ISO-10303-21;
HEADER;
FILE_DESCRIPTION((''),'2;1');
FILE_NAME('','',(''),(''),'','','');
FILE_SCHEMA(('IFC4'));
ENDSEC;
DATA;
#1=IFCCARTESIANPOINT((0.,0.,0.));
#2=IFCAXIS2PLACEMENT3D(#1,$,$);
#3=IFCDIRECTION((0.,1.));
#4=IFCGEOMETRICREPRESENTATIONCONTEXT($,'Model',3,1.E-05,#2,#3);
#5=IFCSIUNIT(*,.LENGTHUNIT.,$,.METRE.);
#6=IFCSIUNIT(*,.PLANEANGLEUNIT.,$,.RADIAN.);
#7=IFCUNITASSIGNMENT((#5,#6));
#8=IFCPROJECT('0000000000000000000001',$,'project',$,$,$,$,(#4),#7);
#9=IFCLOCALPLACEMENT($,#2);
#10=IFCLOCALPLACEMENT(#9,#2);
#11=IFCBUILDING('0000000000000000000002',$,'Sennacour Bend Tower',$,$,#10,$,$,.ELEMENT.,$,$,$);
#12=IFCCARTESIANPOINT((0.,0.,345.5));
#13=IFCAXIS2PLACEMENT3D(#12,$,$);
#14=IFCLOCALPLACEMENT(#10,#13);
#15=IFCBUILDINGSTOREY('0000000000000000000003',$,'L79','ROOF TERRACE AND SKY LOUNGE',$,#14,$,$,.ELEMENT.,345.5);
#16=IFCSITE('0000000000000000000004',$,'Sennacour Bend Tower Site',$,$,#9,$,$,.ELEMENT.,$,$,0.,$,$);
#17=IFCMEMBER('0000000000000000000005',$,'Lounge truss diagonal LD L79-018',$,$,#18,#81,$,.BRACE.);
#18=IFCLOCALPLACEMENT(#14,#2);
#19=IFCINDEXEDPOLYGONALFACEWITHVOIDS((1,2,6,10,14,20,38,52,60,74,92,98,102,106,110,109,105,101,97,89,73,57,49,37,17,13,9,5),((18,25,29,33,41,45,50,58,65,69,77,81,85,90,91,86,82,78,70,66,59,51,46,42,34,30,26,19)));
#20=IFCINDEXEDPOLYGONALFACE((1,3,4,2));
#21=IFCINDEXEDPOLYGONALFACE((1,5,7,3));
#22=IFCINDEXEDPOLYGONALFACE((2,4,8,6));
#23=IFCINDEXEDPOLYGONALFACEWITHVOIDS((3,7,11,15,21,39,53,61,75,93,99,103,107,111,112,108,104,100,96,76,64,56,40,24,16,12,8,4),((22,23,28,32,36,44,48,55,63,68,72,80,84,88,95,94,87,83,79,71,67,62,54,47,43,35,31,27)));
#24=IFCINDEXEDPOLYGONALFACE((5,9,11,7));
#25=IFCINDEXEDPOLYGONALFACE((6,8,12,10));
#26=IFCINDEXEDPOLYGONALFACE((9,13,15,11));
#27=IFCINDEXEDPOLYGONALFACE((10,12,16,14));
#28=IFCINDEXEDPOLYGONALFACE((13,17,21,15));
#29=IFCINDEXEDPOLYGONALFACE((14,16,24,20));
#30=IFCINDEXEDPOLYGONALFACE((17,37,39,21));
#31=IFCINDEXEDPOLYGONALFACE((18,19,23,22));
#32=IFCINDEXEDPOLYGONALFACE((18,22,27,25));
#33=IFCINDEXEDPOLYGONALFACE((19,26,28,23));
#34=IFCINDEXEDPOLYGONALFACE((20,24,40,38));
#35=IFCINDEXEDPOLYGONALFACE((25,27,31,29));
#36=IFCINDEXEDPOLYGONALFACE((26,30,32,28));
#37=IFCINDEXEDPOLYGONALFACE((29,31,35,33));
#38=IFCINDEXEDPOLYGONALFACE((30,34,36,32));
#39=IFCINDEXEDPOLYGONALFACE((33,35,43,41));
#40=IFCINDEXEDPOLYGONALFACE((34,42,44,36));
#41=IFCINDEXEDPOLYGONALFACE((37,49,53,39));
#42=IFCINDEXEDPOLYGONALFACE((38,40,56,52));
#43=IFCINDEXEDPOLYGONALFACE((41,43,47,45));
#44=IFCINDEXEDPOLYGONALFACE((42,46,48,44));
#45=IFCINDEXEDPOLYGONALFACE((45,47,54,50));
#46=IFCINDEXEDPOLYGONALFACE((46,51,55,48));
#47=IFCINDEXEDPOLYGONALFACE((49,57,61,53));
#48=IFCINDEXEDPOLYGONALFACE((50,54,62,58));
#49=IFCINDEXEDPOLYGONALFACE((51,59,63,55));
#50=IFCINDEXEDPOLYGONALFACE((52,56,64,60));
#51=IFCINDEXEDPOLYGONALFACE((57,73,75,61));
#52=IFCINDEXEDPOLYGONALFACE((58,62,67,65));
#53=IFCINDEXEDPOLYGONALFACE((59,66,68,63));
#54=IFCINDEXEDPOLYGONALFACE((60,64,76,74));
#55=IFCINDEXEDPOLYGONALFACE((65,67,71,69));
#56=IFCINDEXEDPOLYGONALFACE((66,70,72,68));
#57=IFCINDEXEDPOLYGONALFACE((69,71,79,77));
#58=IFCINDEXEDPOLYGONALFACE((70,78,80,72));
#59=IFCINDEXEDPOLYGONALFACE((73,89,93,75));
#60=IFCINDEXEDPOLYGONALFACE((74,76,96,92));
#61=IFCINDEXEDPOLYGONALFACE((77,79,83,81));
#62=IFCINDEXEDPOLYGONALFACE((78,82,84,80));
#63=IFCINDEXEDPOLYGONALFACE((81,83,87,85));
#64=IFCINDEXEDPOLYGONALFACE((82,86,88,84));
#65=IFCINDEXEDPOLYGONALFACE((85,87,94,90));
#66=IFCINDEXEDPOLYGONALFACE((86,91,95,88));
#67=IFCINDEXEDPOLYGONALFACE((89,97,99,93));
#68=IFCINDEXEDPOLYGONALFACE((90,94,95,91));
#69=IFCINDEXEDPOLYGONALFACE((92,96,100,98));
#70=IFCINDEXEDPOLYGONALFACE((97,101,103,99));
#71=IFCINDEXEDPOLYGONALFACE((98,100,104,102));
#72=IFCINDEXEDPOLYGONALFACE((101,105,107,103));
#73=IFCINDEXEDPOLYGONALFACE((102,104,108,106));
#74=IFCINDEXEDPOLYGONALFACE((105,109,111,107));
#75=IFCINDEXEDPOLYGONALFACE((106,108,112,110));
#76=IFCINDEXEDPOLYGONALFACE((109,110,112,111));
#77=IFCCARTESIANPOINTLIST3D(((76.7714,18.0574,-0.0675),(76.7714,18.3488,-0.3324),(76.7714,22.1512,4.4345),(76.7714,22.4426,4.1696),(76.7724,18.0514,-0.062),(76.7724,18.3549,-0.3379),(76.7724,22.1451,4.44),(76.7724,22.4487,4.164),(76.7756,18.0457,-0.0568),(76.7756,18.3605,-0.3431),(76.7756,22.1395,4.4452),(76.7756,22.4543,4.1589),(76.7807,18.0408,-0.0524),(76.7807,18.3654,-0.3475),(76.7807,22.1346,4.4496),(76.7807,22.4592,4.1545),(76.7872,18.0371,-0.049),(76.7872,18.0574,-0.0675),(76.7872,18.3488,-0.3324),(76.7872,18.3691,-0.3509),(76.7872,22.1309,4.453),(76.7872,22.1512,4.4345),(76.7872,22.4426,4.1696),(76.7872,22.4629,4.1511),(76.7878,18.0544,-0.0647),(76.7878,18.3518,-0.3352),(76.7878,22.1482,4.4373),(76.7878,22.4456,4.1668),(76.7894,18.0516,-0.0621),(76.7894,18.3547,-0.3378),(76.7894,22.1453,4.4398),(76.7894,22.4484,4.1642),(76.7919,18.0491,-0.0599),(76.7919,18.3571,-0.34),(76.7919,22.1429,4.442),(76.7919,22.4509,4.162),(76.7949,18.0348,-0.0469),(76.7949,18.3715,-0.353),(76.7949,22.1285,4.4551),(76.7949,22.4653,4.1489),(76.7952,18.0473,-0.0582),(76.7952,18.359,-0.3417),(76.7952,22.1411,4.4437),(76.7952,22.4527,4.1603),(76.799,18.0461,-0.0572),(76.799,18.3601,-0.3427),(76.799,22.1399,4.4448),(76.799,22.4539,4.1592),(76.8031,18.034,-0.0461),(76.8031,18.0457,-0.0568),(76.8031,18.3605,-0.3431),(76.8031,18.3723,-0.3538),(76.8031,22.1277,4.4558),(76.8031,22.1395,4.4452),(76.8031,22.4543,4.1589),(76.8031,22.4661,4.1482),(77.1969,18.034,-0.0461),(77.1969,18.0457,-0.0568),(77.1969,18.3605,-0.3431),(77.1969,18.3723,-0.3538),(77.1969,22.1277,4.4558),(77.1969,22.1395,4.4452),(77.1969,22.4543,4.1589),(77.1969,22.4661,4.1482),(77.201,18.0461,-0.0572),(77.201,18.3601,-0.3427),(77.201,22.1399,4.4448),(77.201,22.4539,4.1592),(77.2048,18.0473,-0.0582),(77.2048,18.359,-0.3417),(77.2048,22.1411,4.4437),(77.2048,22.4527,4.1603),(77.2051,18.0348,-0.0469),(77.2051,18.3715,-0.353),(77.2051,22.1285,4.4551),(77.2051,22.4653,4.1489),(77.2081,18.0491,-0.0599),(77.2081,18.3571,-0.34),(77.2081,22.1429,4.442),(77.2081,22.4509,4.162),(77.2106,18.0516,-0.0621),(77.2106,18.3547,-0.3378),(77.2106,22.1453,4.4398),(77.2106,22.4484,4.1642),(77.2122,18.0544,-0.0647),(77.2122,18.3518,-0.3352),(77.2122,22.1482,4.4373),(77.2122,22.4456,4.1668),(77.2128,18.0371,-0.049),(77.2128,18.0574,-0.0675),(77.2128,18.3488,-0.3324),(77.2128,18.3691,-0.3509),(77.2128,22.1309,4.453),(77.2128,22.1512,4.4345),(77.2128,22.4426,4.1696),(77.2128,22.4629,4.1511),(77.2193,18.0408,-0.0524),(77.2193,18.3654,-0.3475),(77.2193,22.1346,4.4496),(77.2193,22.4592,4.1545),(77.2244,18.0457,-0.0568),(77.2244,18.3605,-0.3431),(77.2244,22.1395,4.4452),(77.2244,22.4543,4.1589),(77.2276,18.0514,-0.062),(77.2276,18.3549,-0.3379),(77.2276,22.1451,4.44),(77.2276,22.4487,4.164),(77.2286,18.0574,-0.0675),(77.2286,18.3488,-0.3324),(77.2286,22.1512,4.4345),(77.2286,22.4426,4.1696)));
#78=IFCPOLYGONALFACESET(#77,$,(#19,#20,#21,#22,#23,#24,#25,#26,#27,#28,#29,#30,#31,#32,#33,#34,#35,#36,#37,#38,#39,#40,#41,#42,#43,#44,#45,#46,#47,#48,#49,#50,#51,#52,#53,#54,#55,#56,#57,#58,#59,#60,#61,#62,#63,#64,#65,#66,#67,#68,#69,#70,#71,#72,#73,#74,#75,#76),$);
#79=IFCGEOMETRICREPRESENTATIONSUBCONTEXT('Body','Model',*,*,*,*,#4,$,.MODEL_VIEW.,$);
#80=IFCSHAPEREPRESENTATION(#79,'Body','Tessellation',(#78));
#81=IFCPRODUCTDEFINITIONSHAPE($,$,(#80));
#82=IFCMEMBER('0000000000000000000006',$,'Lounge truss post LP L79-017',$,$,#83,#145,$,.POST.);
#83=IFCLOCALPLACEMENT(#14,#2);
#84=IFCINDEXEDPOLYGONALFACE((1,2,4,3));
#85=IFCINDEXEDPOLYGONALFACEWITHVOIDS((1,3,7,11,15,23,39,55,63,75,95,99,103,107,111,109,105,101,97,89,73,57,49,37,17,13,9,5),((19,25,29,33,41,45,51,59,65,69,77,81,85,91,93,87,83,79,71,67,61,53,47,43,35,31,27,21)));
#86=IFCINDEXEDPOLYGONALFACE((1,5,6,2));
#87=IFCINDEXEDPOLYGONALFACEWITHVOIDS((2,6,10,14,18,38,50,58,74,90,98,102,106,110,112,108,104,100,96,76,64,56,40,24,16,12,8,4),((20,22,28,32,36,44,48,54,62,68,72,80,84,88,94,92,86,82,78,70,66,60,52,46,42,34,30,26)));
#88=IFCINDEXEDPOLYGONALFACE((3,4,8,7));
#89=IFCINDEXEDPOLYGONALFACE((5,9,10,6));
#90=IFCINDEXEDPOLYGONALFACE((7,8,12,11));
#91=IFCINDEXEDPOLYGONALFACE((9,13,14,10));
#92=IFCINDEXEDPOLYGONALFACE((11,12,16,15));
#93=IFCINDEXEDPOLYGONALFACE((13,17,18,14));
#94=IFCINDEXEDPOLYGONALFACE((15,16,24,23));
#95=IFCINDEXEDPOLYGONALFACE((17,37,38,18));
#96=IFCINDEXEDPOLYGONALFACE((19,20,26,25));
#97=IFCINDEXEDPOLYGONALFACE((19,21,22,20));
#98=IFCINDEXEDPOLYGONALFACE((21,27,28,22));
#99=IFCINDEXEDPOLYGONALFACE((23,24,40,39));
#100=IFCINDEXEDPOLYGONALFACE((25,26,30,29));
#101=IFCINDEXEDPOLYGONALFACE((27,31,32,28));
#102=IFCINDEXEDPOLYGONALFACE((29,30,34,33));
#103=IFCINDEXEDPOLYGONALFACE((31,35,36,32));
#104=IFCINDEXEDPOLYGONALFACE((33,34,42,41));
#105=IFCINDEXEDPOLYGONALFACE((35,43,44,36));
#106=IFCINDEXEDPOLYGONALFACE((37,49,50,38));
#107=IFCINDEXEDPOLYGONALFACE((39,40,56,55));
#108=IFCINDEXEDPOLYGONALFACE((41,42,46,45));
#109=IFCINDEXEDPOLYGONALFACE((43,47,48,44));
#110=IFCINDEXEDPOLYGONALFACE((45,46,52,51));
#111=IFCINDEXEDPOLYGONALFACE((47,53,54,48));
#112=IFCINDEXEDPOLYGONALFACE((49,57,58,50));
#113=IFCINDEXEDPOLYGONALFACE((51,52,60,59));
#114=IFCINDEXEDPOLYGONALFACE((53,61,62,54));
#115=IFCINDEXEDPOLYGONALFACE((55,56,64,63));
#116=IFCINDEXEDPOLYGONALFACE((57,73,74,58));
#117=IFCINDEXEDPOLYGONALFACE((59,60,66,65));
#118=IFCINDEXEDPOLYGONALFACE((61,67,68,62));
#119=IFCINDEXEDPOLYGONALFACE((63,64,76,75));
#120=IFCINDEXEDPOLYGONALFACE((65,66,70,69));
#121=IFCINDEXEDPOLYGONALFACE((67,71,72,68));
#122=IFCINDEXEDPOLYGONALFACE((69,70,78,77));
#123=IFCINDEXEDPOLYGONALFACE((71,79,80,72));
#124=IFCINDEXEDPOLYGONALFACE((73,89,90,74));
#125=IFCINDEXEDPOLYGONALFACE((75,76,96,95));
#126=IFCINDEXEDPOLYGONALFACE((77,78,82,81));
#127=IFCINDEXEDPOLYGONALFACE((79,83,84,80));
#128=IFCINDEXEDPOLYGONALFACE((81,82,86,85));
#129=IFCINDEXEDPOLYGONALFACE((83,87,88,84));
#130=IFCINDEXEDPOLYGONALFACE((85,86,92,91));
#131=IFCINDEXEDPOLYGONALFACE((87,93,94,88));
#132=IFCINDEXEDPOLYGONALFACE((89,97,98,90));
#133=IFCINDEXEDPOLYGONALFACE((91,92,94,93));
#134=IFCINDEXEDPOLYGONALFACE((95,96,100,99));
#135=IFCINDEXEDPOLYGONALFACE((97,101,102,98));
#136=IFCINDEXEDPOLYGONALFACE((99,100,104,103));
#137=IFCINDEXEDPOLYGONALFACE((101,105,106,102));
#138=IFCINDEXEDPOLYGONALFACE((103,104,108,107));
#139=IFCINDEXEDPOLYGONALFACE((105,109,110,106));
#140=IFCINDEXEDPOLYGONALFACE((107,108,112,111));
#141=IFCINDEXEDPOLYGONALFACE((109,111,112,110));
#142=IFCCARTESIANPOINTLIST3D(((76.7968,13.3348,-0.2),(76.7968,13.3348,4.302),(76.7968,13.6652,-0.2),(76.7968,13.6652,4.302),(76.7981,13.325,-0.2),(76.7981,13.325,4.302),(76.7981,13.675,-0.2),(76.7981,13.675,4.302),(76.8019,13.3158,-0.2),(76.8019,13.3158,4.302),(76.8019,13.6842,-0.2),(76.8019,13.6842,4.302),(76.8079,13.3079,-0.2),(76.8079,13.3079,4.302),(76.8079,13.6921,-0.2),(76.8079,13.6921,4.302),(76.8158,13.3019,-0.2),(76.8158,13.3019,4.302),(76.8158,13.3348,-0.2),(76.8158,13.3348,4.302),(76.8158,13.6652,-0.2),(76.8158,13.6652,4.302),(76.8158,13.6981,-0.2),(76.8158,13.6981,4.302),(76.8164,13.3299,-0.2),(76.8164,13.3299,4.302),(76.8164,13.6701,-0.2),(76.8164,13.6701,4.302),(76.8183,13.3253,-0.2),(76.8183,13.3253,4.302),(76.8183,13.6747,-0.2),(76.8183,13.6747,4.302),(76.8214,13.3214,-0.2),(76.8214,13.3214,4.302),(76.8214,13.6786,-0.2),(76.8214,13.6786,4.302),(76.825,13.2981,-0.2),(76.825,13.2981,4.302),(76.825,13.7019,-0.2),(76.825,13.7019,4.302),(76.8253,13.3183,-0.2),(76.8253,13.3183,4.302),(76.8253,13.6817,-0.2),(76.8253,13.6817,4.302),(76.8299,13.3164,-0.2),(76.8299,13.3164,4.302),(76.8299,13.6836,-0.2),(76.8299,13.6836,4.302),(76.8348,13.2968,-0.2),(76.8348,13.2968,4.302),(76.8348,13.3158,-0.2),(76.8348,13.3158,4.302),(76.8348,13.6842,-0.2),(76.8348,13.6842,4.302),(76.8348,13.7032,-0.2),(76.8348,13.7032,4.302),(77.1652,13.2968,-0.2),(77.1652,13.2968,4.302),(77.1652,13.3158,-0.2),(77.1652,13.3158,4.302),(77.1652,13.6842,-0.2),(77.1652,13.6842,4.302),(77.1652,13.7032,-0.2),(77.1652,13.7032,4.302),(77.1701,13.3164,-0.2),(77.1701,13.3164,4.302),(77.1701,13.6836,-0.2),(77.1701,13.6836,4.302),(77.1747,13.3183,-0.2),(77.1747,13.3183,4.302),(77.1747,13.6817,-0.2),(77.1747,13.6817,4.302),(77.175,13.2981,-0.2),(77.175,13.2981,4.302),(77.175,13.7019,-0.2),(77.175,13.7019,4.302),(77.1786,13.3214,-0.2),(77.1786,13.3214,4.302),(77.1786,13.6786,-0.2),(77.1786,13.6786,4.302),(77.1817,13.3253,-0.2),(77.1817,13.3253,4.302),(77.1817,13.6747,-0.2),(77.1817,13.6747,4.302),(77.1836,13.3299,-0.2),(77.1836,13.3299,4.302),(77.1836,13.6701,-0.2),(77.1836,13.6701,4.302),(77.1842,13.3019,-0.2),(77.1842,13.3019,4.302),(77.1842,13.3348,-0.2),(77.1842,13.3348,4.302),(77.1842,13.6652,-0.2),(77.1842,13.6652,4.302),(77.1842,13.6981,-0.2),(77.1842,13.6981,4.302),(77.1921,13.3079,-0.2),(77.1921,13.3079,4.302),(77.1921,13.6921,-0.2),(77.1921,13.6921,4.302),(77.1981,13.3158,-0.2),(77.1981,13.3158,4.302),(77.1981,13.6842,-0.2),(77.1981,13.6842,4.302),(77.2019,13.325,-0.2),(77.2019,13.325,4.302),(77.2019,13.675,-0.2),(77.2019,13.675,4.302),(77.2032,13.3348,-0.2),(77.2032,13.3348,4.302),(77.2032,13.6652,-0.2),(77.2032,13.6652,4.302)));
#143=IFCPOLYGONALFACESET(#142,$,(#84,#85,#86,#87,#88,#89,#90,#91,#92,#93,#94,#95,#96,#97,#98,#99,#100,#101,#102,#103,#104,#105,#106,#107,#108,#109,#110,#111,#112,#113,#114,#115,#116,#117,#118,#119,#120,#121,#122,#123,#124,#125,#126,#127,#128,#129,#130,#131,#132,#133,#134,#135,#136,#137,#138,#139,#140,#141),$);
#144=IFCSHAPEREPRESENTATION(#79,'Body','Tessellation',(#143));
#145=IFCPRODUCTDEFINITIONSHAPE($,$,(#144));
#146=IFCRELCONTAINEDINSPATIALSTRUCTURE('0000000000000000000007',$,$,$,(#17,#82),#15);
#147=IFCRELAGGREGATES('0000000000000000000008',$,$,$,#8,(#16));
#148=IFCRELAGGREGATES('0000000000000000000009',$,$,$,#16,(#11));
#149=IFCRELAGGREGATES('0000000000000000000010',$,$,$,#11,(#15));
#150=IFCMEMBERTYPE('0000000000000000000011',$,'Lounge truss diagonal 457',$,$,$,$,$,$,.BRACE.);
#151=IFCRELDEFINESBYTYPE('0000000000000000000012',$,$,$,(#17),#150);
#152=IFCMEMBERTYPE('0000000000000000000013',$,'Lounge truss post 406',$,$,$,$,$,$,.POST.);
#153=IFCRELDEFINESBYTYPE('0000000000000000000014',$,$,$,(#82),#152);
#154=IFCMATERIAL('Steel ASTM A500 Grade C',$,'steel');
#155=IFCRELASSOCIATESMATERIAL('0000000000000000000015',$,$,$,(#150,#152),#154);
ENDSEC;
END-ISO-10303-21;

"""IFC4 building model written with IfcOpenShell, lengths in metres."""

from ifc_helpers import new_model, si_unit, direction, frame, origin, origin_2d, place, context, subcontext, project, spatial, hollow_rectangle, extrude, material, material_profile, profile_set, type_object, element, save


model = new_model("IFC4")

# Units and contexts
model_context = context("Model", 3, precision=1e-05, world=origin(), true_north=direction((0.0, 1.0)))
body_context = subcontext(model_context, "Body", "Model", "MODEL_VIEW")
ifc_project = project(units=[si_unit("LENGTHUNIT", "METRE"), si_unit("PLANEANGLEUNIT", "RADIAN")], contexts=[model_context])

# Site, building, storey
site_placement = place(None, origin())
site = spatial("IfcSite", under=ifc_project, at=site_placement, Name="Sennacour Bend Tower Site", CompositionType="ELEMENT", RefElevation=0.0)
building_placement = place(site_placement, origin())
building = spatial("IfcBuilding", under=site, at=building_placement, Name="Sennacour Bend Tower", CompositionType="ELEMENT")
storey_placement = place(building_placement, frame((0.0, 0.0, 345.5)))
storey = spatial("IfcBuildingStorey", under=building, at=storey_placement, Name="L79", Description="ROOF TERRACE AND SKY LOUNGE", CompositionType="ELEMENT", Elevation=345.5)

# Members
ifc_material_1 = material(Name="Steel ASTM A500 Grade C", Category="steel")
ifc_material_profile_1 = material_profile(ifc_material_1, hollow_rectangle(XDim=0.4573, YDim=0.4573, WallThickness=0.0159, InnerFilletRadius=0.0159, OuterFilletRadius=0.0317, at=origin_2d()), Name="Steel ASTM A500 Grade C", Category="steel")
ifc_profile_set_1 = profile_set([ifc_material_profile_1], Name="Steel ASTM A500 Grade C")
member_type_1 = type_object("IfcMemberType", Name="Lounge truss diagonal 457", PredefinedType="BRACE", material=ifc_profile_set_1)
for number, where, z_axis, x_axis, name in (
    (1, (77.0, 18.2031, -0.2), (0.0, 0.672769, 0.739853), (-1.0, 0.0, 0.0), "Lounge truss diagonal LD L79-018"),
):
    element("IfcMember", number, at=place(storey_placement, frame(where, z_axis=z_axis, x_axis=x_axis)), inside=storey, type_object=member_type_1, Name=name, PredefinedType="BRACE", context=body_context, shape_type="SweptSolid", body=[
        extrude(hollow_rectangle(XDim=0.4573, YDim=0.4573, WallThickness=0.0159, InnerFilletRadius=0.0159, OuterFilletRadius=0.0317, at=origin_2d()), origin(), (0.0, 0.0, 1.0), 6.085),
    ])
ifc_material_profile_2 = material_profile(ifc_material_1, hollow_rectangle(XDim=0.4065, YDim=0.4065, WallThickness=0.019, InnerFilletRadius=0.019, OuterFilletRadius=0.0381, at=origin_2d()), Name="Steel ASTM A500 Grade C", Category="steel")
ifc_profile_set_2 = profile_set([ifc_material_profile_2], Name="Steel ASTM A500 Grade C")
member_type_2 = type_object("IfcMemberType", Name="Lounge truss post 406", PredefinedType="POST", material=ifc_profile_set_2)
for number, where, z_axis, x_axis, name in (
    (2, (77.0, 13.5, -0.2), (0.0, 0.0, 1.0), (1.0, 0.0, 0.0), "Lounge truss post LP L79-017"),
):
    element("IfcMember", number, at=place(storey_placement, frame(where, z_axis=z_axis, x_axis=x_axis)), inside=storey, type_object=member_type_2, Name=name, PredefinedType="POST", context=body_context, shape_type="SweptSolid", body=[
        extrude(hollow_rectangle(XDim=0.4065, YDim=0.4065, WallThickness=0.019, InnerFilletRadius=0.019, OuterFilletRadius=0.0381, at=origin_2d()), origin(), (0.0, 0.0, 1.0), 4.502),
    ])

save(model, "model.ifc")
